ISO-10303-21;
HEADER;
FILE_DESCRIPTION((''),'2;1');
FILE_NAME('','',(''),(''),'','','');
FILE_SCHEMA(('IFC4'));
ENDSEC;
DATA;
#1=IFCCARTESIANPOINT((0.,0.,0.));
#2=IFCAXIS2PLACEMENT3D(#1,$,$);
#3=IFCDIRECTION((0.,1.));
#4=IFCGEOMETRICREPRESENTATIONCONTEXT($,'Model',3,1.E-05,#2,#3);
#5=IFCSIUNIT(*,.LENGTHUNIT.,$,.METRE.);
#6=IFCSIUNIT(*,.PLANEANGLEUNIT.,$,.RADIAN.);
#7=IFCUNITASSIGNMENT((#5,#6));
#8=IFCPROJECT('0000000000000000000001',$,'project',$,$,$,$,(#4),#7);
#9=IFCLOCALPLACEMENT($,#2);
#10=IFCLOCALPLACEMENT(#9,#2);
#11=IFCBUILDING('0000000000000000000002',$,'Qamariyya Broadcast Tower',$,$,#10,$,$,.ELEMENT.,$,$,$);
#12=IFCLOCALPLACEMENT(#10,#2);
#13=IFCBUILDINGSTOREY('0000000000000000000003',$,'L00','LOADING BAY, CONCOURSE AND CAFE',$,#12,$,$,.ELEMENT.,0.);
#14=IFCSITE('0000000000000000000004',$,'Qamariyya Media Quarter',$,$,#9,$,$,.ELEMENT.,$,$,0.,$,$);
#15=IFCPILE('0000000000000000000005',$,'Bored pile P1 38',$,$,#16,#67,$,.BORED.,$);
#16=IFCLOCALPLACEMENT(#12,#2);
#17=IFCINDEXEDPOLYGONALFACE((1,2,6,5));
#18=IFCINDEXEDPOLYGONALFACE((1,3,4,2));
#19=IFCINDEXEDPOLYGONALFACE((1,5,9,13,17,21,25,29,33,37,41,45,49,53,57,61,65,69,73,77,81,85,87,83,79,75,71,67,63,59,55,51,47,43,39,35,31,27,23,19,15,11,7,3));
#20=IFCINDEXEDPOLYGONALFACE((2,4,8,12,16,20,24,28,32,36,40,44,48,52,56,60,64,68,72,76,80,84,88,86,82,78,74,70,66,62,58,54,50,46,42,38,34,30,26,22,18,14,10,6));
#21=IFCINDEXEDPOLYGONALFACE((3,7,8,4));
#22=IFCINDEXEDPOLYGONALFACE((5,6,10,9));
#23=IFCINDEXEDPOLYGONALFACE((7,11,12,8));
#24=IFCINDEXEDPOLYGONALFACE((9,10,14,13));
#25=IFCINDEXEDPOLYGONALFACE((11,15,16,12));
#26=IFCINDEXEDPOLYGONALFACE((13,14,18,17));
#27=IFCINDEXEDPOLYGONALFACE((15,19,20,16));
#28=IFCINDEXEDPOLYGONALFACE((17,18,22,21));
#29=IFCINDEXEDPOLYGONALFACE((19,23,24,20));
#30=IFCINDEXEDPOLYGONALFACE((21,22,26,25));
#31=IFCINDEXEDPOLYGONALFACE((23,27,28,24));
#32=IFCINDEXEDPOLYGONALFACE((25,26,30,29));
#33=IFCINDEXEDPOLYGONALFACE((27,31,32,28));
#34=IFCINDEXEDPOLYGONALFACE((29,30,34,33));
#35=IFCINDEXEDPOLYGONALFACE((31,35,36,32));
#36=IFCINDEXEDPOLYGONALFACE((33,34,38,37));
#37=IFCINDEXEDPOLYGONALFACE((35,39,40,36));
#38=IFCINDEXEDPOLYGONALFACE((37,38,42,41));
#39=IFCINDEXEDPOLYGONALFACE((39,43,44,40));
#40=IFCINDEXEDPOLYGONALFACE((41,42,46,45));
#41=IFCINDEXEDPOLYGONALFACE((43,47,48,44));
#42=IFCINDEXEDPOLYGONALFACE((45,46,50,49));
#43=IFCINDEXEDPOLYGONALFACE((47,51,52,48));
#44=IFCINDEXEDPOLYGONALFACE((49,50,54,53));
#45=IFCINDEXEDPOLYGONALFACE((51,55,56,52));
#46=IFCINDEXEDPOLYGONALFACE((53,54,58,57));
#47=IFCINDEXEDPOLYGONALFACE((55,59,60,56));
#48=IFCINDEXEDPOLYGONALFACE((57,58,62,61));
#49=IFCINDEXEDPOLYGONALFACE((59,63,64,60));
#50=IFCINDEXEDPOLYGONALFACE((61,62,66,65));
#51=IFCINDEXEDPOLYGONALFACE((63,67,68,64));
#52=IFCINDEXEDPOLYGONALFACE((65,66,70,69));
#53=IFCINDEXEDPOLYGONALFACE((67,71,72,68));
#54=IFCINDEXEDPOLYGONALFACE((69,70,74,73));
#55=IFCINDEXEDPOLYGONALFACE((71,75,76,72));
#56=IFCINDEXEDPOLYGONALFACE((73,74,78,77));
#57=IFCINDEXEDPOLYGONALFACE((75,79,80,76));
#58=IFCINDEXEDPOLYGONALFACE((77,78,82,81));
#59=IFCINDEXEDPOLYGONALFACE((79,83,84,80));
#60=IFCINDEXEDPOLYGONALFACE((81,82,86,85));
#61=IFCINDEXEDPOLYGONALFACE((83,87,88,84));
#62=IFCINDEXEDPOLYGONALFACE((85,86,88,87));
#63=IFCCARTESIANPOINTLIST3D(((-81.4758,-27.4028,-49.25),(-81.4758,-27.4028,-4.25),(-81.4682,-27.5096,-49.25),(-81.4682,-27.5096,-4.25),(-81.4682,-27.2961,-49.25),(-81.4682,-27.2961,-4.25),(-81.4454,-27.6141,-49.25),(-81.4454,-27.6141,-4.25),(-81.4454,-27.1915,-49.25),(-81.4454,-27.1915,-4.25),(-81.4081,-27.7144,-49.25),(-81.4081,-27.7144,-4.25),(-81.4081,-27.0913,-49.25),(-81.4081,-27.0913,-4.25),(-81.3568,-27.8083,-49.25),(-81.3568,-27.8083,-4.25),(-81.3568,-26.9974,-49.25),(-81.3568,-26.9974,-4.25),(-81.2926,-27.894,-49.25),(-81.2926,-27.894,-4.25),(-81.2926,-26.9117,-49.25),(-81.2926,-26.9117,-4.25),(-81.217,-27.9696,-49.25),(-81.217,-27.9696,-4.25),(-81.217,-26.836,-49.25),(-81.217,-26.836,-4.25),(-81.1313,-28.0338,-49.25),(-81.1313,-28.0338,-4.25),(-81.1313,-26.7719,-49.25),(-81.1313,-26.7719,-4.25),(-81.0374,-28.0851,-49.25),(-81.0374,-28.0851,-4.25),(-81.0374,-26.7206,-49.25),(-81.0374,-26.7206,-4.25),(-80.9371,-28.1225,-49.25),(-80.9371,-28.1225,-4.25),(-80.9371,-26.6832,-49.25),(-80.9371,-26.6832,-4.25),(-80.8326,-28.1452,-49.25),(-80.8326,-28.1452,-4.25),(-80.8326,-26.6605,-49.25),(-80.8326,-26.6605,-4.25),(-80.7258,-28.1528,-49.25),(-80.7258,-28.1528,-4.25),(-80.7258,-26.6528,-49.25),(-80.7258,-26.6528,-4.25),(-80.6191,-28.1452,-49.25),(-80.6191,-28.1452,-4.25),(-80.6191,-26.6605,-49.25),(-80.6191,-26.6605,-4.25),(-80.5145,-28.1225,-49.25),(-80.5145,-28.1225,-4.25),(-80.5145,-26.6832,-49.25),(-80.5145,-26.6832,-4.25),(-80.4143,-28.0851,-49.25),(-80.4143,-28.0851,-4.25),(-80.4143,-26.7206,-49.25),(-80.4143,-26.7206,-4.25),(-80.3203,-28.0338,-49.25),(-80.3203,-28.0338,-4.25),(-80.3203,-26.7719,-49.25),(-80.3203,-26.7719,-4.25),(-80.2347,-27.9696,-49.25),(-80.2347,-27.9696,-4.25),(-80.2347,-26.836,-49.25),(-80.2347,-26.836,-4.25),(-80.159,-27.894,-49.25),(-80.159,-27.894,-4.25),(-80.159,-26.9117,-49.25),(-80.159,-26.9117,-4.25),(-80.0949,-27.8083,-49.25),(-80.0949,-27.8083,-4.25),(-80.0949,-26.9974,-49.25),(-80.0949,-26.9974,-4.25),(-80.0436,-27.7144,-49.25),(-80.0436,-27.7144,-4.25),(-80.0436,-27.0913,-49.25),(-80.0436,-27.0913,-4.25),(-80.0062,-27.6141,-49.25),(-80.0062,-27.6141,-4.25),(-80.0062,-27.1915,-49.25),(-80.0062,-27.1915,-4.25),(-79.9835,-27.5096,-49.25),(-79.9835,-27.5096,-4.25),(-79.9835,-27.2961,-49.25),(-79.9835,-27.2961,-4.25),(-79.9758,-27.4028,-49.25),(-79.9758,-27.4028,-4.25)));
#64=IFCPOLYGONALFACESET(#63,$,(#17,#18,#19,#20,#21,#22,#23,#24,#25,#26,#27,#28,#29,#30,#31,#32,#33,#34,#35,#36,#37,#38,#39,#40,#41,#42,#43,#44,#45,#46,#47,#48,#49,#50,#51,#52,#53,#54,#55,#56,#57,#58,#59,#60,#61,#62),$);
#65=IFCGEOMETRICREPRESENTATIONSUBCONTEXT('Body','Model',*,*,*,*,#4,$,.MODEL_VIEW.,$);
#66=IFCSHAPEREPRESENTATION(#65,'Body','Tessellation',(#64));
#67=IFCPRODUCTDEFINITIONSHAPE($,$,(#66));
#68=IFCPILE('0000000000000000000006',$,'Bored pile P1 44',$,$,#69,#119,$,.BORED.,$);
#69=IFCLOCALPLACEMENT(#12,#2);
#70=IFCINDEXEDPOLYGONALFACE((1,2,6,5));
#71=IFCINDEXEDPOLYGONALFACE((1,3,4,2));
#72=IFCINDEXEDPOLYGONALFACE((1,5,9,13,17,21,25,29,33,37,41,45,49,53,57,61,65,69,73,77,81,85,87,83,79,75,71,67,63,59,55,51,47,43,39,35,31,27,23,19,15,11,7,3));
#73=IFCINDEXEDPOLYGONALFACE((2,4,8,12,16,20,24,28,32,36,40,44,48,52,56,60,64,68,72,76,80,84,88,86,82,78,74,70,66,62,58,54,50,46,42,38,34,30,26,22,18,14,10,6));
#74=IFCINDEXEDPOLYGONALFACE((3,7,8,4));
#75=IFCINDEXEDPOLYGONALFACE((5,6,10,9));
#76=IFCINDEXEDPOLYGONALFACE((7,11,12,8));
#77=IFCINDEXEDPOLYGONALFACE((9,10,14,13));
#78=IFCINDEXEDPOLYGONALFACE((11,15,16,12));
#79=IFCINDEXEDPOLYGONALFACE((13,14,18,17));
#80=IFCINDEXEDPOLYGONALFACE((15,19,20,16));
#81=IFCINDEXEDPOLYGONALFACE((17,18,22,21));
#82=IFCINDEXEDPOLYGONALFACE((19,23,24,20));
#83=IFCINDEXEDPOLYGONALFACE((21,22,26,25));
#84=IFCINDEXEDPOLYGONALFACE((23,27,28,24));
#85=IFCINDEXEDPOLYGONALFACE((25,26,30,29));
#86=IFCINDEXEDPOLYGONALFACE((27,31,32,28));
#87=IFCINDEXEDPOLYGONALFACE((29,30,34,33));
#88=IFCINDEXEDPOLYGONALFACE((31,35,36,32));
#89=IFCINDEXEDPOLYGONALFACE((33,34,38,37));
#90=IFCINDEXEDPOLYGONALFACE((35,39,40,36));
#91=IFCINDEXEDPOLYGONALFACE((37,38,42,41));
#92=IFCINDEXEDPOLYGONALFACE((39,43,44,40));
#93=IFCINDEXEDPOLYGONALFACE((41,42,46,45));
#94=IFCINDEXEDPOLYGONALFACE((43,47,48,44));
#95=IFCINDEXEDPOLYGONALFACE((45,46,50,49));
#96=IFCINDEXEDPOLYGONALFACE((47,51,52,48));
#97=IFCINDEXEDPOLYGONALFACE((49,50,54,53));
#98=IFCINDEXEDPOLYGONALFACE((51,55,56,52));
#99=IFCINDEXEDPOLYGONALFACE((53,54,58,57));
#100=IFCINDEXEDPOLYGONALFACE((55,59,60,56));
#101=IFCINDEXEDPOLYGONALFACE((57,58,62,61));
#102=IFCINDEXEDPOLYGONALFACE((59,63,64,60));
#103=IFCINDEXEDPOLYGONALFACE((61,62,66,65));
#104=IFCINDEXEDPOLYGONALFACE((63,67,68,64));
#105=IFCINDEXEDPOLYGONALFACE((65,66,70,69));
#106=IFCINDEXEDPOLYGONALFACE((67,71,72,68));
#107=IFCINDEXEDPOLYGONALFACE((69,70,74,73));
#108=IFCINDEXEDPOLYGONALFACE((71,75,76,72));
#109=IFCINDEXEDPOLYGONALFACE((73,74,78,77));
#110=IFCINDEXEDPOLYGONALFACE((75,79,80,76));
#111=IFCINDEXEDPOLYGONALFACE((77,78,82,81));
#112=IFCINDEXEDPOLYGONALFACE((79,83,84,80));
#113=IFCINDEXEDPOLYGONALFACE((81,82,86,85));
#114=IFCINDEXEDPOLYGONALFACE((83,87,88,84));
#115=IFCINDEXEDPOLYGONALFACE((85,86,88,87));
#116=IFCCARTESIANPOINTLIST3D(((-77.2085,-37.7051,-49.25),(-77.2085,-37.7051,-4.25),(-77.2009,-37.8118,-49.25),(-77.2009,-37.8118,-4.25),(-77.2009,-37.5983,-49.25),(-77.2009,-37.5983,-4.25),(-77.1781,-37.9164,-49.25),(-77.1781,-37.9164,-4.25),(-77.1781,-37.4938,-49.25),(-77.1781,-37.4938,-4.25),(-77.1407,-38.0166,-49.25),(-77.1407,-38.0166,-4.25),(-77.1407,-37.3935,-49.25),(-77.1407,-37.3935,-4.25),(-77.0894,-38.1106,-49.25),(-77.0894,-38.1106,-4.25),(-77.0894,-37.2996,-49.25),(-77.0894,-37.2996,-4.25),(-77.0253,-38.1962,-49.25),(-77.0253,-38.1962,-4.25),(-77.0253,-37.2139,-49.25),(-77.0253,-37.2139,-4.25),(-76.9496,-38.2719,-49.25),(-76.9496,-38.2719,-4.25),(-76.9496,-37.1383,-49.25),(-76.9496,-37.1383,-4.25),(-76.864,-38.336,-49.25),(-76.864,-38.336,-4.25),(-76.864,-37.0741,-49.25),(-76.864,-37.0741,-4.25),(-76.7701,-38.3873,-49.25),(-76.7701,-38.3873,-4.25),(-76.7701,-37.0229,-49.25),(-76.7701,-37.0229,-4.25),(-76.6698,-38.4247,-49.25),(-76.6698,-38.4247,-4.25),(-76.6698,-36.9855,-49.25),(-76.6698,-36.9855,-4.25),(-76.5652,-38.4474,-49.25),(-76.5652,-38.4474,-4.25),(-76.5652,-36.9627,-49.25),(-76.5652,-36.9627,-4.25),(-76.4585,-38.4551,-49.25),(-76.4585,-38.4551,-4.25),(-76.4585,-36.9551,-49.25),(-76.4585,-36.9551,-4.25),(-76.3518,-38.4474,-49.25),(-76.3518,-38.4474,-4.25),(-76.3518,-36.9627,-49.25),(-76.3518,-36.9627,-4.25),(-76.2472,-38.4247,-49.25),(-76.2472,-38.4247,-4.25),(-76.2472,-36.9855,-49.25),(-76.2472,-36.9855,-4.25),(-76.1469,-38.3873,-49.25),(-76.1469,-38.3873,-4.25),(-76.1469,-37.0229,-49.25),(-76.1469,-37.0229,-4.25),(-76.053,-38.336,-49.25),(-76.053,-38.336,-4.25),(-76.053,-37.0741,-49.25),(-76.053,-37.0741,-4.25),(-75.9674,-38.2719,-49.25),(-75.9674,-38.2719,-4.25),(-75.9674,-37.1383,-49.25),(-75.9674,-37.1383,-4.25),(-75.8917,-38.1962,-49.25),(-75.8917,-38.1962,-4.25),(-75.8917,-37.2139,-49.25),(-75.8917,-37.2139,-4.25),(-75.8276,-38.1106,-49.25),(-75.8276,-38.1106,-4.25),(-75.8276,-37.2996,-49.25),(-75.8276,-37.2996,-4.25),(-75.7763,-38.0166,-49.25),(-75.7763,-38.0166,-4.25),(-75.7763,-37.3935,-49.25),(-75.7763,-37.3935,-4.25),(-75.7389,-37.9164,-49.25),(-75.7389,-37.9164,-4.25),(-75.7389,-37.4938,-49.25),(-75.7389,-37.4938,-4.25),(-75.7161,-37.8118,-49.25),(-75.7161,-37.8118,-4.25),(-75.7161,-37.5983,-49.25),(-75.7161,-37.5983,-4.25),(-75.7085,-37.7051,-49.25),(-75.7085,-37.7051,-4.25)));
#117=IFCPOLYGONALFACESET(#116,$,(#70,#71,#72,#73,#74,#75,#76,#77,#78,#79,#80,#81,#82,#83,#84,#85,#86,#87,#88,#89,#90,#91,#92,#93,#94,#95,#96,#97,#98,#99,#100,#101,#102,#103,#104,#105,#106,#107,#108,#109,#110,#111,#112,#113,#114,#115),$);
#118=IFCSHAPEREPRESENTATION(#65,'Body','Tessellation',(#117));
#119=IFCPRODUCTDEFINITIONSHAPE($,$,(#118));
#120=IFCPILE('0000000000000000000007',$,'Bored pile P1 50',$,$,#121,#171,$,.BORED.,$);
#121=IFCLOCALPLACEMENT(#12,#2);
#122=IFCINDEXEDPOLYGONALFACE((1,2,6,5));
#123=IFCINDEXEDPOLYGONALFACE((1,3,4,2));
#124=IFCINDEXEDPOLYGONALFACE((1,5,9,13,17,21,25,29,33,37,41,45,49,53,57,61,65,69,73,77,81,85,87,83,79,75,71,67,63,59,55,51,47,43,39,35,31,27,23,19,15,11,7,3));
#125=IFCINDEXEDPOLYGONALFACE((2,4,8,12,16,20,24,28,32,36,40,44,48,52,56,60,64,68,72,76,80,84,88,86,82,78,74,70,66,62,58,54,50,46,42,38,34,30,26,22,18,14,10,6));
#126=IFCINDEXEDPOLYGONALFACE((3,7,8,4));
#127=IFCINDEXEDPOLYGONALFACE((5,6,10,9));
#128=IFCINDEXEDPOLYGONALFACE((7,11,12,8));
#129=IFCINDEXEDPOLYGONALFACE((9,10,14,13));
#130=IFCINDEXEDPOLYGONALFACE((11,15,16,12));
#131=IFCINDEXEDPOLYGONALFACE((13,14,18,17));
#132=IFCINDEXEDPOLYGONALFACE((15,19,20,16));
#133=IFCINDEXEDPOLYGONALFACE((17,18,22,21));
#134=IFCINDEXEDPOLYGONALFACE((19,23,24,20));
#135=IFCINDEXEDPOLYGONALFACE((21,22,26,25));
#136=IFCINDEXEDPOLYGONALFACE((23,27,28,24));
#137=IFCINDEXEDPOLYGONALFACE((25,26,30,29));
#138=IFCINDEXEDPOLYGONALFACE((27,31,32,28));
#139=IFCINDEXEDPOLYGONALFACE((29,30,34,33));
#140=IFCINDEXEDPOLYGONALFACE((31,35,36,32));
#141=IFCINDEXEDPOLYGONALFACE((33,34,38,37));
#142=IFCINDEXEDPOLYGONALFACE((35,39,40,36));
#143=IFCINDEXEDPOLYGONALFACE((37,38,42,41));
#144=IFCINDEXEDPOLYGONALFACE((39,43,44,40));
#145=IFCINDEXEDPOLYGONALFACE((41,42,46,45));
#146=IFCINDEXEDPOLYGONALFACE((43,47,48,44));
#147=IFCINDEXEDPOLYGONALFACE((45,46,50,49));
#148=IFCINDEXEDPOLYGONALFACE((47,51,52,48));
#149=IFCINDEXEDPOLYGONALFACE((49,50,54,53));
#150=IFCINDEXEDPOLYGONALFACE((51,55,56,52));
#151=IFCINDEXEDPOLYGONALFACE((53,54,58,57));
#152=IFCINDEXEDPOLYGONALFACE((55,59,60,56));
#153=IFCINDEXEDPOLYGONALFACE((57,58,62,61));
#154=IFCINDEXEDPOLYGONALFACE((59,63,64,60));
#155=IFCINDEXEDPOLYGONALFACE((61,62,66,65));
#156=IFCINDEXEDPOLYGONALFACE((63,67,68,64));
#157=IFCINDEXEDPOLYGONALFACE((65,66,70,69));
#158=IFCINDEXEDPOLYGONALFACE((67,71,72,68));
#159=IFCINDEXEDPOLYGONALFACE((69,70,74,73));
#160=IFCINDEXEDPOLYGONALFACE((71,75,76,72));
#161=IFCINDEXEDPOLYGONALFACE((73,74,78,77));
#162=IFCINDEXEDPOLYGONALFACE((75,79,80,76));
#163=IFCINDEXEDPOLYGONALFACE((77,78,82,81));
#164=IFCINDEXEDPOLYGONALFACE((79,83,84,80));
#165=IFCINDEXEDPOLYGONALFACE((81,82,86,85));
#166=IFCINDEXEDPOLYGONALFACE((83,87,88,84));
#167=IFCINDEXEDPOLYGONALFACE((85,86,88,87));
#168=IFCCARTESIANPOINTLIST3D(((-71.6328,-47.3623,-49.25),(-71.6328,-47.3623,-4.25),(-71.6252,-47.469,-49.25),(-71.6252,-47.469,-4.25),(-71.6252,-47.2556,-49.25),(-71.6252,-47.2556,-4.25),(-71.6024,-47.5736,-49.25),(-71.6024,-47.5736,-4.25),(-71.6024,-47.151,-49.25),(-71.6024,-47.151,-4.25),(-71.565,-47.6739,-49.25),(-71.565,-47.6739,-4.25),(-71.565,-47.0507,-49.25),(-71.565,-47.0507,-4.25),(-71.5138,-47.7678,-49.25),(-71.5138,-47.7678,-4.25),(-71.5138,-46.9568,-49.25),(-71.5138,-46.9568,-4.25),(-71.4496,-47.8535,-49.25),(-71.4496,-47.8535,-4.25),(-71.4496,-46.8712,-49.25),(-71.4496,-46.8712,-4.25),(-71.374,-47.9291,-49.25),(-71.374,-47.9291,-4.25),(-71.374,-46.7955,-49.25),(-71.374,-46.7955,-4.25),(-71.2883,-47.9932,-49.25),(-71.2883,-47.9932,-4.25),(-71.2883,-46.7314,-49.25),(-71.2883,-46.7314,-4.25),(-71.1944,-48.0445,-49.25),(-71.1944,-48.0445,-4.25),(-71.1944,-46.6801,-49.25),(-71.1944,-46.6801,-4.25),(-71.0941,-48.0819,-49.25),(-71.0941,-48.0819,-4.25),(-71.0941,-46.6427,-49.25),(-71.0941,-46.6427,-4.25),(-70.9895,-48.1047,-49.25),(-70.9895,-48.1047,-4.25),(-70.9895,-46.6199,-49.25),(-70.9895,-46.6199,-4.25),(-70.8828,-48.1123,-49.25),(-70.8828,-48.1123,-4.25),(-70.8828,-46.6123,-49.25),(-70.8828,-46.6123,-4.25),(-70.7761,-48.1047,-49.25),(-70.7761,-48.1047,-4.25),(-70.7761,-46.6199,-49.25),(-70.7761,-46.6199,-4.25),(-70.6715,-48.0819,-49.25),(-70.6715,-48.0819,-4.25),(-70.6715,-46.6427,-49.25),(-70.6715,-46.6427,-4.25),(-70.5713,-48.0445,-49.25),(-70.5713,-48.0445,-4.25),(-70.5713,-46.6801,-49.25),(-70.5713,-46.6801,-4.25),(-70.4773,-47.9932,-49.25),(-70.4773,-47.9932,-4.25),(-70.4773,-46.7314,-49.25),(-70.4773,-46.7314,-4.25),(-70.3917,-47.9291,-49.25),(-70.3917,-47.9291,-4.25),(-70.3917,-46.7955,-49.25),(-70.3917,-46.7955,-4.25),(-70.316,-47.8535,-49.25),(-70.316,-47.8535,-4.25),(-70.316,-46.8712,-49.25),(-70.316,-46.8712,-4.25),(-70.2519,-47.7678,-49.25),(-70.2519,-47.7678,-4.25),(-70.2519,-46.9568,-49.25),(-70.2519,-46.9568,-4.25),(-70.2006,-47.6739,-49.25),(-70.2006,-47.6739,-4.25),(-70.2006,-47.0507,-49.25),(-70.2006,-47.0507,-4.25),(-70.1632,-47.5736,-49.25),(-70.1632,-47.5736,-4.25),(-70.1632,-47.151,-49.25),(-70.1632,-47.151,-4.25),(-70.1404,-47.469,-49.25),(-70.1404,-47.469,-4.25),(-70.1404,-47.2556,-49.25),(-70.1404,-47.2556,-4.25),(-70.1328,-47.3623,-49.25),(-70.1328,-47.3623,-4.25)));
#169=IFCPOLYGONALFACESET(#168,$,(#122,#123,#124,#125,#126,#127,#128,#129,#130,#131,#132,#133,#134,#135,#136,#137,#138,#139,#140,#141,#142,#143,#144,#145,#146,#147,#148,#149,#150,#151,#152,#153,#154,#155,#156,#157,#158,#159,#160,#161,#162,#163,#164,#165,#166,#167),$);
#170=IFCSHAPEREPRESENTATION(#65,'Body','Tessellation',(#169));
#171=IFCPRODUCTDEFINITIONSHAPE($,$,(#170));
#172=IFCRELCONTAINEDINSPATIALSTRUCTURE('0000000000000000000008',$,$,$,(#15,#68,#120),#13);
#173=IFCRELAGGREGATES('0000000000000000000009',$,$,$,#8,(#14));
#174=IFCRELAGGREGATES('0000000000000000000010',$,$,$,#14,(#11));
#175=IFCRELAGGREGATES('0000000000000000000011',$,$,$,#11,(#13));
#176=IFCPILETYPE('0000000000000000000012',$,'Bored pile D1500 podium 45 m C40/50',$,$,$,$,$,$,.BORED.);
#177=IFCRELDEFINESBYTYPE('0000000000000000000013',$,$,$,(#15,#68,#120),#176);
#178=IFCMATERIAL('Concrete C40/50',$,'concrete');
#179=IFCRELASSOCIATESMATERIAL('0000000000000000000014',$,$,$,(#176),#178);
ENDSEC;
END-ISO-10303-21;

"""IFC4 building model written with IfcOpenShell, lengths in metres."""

from ifc_helpers import new_model, si_unit, direction, frame, origin, origin_2d, place, context, subcontext, project, spatial, circle, extrude, material, material_profile, profile_set, type_object, element, save


model = new_model("IFC4")

# Units and contexts
model_context = context("Model", 3, precision=1e-05, world=origin(), true_north=direction((0.0, 1.0)))
body_context = subcontext(model_context, "Body", "Model", "MODEL_VIEW")
ifc_project = project(units=[si_unit("LENGTHUNIT", "METRE"), si_unit("PLANEANGLEUNIT", "RADIAN")], contexts=[model_context])

# Site, building, storey
site_placement = place(None, origin())
site = spatial("IfcSite", under=ifc_project, at=site_placement, Name="Qamariyya Media Quarter", CompositionType="ELEMENT", RefElevation=0.0)
building_placement = place(site_placement, origin())
building = spatial("IfcBuilding", under=site, at=building_placement, Name="Qamariyya Broadcast Tower", CompositionType="ELEMENT")
storey_placement = place(building_placement, origin())
storey = spatial("IfcBuildingStorey", under=building, at=storey_placement, Name="L00", Description="LOADING BAY, CONCOURSE AND CAFE", CompositionType="ELEMENT", Elevation=0.0)

# Piles
ifc_material_1 = material(Name="Concrete C40/50", Category="concrete")
ifc_material_profile_1 = material_profile(ifc_material_1, circle(Radius=0.75, at=origin_2d()))
ifc_profile_set_1 = profile_set([ifc_material_profile_1], Name="Concrete C40/50")
pile_type_1 = type_object("IfcPileType", Name="Bored pile D1500 podium 45 m C40/50", PredefinedType="BORED", material=ifc_profile_set_1)
for number, where, z_axis, x_axis, name in (
    (1, (-80.7258, -27.4028, -4.25), (0.0, 0.0, -1.0), (1.0, 0.0, 0.0), "Bored pile P1 38"),
    (2, (-76.4585, -37.7051, -4.25), (0.0, 0.0, -1.0), (1.0, 0.0, 0.0), "Bored pile P1 44"),
    (3, (-70.8828, -47.3623, -4.25), (0.0, 0.0, -1.0), (1.0, 0.0, 0.0), "Bored pile P1 50"),
):
    element("IfcPile", number, at=place(storey_placement, frame(where, z_axis=z_axis, x_axis=x_axis)), inside=storey, type_object=pile_type_1, Name=name, PredefinedType="BORED", context=body_context, shape_type="SweptSolid", body=[
        extrude(circle(Radius=0.75, at=origin_2d()), origin(), (0.0, 0.0, 1.0), 45.0),
    ])

save(model, "model.ifc")
